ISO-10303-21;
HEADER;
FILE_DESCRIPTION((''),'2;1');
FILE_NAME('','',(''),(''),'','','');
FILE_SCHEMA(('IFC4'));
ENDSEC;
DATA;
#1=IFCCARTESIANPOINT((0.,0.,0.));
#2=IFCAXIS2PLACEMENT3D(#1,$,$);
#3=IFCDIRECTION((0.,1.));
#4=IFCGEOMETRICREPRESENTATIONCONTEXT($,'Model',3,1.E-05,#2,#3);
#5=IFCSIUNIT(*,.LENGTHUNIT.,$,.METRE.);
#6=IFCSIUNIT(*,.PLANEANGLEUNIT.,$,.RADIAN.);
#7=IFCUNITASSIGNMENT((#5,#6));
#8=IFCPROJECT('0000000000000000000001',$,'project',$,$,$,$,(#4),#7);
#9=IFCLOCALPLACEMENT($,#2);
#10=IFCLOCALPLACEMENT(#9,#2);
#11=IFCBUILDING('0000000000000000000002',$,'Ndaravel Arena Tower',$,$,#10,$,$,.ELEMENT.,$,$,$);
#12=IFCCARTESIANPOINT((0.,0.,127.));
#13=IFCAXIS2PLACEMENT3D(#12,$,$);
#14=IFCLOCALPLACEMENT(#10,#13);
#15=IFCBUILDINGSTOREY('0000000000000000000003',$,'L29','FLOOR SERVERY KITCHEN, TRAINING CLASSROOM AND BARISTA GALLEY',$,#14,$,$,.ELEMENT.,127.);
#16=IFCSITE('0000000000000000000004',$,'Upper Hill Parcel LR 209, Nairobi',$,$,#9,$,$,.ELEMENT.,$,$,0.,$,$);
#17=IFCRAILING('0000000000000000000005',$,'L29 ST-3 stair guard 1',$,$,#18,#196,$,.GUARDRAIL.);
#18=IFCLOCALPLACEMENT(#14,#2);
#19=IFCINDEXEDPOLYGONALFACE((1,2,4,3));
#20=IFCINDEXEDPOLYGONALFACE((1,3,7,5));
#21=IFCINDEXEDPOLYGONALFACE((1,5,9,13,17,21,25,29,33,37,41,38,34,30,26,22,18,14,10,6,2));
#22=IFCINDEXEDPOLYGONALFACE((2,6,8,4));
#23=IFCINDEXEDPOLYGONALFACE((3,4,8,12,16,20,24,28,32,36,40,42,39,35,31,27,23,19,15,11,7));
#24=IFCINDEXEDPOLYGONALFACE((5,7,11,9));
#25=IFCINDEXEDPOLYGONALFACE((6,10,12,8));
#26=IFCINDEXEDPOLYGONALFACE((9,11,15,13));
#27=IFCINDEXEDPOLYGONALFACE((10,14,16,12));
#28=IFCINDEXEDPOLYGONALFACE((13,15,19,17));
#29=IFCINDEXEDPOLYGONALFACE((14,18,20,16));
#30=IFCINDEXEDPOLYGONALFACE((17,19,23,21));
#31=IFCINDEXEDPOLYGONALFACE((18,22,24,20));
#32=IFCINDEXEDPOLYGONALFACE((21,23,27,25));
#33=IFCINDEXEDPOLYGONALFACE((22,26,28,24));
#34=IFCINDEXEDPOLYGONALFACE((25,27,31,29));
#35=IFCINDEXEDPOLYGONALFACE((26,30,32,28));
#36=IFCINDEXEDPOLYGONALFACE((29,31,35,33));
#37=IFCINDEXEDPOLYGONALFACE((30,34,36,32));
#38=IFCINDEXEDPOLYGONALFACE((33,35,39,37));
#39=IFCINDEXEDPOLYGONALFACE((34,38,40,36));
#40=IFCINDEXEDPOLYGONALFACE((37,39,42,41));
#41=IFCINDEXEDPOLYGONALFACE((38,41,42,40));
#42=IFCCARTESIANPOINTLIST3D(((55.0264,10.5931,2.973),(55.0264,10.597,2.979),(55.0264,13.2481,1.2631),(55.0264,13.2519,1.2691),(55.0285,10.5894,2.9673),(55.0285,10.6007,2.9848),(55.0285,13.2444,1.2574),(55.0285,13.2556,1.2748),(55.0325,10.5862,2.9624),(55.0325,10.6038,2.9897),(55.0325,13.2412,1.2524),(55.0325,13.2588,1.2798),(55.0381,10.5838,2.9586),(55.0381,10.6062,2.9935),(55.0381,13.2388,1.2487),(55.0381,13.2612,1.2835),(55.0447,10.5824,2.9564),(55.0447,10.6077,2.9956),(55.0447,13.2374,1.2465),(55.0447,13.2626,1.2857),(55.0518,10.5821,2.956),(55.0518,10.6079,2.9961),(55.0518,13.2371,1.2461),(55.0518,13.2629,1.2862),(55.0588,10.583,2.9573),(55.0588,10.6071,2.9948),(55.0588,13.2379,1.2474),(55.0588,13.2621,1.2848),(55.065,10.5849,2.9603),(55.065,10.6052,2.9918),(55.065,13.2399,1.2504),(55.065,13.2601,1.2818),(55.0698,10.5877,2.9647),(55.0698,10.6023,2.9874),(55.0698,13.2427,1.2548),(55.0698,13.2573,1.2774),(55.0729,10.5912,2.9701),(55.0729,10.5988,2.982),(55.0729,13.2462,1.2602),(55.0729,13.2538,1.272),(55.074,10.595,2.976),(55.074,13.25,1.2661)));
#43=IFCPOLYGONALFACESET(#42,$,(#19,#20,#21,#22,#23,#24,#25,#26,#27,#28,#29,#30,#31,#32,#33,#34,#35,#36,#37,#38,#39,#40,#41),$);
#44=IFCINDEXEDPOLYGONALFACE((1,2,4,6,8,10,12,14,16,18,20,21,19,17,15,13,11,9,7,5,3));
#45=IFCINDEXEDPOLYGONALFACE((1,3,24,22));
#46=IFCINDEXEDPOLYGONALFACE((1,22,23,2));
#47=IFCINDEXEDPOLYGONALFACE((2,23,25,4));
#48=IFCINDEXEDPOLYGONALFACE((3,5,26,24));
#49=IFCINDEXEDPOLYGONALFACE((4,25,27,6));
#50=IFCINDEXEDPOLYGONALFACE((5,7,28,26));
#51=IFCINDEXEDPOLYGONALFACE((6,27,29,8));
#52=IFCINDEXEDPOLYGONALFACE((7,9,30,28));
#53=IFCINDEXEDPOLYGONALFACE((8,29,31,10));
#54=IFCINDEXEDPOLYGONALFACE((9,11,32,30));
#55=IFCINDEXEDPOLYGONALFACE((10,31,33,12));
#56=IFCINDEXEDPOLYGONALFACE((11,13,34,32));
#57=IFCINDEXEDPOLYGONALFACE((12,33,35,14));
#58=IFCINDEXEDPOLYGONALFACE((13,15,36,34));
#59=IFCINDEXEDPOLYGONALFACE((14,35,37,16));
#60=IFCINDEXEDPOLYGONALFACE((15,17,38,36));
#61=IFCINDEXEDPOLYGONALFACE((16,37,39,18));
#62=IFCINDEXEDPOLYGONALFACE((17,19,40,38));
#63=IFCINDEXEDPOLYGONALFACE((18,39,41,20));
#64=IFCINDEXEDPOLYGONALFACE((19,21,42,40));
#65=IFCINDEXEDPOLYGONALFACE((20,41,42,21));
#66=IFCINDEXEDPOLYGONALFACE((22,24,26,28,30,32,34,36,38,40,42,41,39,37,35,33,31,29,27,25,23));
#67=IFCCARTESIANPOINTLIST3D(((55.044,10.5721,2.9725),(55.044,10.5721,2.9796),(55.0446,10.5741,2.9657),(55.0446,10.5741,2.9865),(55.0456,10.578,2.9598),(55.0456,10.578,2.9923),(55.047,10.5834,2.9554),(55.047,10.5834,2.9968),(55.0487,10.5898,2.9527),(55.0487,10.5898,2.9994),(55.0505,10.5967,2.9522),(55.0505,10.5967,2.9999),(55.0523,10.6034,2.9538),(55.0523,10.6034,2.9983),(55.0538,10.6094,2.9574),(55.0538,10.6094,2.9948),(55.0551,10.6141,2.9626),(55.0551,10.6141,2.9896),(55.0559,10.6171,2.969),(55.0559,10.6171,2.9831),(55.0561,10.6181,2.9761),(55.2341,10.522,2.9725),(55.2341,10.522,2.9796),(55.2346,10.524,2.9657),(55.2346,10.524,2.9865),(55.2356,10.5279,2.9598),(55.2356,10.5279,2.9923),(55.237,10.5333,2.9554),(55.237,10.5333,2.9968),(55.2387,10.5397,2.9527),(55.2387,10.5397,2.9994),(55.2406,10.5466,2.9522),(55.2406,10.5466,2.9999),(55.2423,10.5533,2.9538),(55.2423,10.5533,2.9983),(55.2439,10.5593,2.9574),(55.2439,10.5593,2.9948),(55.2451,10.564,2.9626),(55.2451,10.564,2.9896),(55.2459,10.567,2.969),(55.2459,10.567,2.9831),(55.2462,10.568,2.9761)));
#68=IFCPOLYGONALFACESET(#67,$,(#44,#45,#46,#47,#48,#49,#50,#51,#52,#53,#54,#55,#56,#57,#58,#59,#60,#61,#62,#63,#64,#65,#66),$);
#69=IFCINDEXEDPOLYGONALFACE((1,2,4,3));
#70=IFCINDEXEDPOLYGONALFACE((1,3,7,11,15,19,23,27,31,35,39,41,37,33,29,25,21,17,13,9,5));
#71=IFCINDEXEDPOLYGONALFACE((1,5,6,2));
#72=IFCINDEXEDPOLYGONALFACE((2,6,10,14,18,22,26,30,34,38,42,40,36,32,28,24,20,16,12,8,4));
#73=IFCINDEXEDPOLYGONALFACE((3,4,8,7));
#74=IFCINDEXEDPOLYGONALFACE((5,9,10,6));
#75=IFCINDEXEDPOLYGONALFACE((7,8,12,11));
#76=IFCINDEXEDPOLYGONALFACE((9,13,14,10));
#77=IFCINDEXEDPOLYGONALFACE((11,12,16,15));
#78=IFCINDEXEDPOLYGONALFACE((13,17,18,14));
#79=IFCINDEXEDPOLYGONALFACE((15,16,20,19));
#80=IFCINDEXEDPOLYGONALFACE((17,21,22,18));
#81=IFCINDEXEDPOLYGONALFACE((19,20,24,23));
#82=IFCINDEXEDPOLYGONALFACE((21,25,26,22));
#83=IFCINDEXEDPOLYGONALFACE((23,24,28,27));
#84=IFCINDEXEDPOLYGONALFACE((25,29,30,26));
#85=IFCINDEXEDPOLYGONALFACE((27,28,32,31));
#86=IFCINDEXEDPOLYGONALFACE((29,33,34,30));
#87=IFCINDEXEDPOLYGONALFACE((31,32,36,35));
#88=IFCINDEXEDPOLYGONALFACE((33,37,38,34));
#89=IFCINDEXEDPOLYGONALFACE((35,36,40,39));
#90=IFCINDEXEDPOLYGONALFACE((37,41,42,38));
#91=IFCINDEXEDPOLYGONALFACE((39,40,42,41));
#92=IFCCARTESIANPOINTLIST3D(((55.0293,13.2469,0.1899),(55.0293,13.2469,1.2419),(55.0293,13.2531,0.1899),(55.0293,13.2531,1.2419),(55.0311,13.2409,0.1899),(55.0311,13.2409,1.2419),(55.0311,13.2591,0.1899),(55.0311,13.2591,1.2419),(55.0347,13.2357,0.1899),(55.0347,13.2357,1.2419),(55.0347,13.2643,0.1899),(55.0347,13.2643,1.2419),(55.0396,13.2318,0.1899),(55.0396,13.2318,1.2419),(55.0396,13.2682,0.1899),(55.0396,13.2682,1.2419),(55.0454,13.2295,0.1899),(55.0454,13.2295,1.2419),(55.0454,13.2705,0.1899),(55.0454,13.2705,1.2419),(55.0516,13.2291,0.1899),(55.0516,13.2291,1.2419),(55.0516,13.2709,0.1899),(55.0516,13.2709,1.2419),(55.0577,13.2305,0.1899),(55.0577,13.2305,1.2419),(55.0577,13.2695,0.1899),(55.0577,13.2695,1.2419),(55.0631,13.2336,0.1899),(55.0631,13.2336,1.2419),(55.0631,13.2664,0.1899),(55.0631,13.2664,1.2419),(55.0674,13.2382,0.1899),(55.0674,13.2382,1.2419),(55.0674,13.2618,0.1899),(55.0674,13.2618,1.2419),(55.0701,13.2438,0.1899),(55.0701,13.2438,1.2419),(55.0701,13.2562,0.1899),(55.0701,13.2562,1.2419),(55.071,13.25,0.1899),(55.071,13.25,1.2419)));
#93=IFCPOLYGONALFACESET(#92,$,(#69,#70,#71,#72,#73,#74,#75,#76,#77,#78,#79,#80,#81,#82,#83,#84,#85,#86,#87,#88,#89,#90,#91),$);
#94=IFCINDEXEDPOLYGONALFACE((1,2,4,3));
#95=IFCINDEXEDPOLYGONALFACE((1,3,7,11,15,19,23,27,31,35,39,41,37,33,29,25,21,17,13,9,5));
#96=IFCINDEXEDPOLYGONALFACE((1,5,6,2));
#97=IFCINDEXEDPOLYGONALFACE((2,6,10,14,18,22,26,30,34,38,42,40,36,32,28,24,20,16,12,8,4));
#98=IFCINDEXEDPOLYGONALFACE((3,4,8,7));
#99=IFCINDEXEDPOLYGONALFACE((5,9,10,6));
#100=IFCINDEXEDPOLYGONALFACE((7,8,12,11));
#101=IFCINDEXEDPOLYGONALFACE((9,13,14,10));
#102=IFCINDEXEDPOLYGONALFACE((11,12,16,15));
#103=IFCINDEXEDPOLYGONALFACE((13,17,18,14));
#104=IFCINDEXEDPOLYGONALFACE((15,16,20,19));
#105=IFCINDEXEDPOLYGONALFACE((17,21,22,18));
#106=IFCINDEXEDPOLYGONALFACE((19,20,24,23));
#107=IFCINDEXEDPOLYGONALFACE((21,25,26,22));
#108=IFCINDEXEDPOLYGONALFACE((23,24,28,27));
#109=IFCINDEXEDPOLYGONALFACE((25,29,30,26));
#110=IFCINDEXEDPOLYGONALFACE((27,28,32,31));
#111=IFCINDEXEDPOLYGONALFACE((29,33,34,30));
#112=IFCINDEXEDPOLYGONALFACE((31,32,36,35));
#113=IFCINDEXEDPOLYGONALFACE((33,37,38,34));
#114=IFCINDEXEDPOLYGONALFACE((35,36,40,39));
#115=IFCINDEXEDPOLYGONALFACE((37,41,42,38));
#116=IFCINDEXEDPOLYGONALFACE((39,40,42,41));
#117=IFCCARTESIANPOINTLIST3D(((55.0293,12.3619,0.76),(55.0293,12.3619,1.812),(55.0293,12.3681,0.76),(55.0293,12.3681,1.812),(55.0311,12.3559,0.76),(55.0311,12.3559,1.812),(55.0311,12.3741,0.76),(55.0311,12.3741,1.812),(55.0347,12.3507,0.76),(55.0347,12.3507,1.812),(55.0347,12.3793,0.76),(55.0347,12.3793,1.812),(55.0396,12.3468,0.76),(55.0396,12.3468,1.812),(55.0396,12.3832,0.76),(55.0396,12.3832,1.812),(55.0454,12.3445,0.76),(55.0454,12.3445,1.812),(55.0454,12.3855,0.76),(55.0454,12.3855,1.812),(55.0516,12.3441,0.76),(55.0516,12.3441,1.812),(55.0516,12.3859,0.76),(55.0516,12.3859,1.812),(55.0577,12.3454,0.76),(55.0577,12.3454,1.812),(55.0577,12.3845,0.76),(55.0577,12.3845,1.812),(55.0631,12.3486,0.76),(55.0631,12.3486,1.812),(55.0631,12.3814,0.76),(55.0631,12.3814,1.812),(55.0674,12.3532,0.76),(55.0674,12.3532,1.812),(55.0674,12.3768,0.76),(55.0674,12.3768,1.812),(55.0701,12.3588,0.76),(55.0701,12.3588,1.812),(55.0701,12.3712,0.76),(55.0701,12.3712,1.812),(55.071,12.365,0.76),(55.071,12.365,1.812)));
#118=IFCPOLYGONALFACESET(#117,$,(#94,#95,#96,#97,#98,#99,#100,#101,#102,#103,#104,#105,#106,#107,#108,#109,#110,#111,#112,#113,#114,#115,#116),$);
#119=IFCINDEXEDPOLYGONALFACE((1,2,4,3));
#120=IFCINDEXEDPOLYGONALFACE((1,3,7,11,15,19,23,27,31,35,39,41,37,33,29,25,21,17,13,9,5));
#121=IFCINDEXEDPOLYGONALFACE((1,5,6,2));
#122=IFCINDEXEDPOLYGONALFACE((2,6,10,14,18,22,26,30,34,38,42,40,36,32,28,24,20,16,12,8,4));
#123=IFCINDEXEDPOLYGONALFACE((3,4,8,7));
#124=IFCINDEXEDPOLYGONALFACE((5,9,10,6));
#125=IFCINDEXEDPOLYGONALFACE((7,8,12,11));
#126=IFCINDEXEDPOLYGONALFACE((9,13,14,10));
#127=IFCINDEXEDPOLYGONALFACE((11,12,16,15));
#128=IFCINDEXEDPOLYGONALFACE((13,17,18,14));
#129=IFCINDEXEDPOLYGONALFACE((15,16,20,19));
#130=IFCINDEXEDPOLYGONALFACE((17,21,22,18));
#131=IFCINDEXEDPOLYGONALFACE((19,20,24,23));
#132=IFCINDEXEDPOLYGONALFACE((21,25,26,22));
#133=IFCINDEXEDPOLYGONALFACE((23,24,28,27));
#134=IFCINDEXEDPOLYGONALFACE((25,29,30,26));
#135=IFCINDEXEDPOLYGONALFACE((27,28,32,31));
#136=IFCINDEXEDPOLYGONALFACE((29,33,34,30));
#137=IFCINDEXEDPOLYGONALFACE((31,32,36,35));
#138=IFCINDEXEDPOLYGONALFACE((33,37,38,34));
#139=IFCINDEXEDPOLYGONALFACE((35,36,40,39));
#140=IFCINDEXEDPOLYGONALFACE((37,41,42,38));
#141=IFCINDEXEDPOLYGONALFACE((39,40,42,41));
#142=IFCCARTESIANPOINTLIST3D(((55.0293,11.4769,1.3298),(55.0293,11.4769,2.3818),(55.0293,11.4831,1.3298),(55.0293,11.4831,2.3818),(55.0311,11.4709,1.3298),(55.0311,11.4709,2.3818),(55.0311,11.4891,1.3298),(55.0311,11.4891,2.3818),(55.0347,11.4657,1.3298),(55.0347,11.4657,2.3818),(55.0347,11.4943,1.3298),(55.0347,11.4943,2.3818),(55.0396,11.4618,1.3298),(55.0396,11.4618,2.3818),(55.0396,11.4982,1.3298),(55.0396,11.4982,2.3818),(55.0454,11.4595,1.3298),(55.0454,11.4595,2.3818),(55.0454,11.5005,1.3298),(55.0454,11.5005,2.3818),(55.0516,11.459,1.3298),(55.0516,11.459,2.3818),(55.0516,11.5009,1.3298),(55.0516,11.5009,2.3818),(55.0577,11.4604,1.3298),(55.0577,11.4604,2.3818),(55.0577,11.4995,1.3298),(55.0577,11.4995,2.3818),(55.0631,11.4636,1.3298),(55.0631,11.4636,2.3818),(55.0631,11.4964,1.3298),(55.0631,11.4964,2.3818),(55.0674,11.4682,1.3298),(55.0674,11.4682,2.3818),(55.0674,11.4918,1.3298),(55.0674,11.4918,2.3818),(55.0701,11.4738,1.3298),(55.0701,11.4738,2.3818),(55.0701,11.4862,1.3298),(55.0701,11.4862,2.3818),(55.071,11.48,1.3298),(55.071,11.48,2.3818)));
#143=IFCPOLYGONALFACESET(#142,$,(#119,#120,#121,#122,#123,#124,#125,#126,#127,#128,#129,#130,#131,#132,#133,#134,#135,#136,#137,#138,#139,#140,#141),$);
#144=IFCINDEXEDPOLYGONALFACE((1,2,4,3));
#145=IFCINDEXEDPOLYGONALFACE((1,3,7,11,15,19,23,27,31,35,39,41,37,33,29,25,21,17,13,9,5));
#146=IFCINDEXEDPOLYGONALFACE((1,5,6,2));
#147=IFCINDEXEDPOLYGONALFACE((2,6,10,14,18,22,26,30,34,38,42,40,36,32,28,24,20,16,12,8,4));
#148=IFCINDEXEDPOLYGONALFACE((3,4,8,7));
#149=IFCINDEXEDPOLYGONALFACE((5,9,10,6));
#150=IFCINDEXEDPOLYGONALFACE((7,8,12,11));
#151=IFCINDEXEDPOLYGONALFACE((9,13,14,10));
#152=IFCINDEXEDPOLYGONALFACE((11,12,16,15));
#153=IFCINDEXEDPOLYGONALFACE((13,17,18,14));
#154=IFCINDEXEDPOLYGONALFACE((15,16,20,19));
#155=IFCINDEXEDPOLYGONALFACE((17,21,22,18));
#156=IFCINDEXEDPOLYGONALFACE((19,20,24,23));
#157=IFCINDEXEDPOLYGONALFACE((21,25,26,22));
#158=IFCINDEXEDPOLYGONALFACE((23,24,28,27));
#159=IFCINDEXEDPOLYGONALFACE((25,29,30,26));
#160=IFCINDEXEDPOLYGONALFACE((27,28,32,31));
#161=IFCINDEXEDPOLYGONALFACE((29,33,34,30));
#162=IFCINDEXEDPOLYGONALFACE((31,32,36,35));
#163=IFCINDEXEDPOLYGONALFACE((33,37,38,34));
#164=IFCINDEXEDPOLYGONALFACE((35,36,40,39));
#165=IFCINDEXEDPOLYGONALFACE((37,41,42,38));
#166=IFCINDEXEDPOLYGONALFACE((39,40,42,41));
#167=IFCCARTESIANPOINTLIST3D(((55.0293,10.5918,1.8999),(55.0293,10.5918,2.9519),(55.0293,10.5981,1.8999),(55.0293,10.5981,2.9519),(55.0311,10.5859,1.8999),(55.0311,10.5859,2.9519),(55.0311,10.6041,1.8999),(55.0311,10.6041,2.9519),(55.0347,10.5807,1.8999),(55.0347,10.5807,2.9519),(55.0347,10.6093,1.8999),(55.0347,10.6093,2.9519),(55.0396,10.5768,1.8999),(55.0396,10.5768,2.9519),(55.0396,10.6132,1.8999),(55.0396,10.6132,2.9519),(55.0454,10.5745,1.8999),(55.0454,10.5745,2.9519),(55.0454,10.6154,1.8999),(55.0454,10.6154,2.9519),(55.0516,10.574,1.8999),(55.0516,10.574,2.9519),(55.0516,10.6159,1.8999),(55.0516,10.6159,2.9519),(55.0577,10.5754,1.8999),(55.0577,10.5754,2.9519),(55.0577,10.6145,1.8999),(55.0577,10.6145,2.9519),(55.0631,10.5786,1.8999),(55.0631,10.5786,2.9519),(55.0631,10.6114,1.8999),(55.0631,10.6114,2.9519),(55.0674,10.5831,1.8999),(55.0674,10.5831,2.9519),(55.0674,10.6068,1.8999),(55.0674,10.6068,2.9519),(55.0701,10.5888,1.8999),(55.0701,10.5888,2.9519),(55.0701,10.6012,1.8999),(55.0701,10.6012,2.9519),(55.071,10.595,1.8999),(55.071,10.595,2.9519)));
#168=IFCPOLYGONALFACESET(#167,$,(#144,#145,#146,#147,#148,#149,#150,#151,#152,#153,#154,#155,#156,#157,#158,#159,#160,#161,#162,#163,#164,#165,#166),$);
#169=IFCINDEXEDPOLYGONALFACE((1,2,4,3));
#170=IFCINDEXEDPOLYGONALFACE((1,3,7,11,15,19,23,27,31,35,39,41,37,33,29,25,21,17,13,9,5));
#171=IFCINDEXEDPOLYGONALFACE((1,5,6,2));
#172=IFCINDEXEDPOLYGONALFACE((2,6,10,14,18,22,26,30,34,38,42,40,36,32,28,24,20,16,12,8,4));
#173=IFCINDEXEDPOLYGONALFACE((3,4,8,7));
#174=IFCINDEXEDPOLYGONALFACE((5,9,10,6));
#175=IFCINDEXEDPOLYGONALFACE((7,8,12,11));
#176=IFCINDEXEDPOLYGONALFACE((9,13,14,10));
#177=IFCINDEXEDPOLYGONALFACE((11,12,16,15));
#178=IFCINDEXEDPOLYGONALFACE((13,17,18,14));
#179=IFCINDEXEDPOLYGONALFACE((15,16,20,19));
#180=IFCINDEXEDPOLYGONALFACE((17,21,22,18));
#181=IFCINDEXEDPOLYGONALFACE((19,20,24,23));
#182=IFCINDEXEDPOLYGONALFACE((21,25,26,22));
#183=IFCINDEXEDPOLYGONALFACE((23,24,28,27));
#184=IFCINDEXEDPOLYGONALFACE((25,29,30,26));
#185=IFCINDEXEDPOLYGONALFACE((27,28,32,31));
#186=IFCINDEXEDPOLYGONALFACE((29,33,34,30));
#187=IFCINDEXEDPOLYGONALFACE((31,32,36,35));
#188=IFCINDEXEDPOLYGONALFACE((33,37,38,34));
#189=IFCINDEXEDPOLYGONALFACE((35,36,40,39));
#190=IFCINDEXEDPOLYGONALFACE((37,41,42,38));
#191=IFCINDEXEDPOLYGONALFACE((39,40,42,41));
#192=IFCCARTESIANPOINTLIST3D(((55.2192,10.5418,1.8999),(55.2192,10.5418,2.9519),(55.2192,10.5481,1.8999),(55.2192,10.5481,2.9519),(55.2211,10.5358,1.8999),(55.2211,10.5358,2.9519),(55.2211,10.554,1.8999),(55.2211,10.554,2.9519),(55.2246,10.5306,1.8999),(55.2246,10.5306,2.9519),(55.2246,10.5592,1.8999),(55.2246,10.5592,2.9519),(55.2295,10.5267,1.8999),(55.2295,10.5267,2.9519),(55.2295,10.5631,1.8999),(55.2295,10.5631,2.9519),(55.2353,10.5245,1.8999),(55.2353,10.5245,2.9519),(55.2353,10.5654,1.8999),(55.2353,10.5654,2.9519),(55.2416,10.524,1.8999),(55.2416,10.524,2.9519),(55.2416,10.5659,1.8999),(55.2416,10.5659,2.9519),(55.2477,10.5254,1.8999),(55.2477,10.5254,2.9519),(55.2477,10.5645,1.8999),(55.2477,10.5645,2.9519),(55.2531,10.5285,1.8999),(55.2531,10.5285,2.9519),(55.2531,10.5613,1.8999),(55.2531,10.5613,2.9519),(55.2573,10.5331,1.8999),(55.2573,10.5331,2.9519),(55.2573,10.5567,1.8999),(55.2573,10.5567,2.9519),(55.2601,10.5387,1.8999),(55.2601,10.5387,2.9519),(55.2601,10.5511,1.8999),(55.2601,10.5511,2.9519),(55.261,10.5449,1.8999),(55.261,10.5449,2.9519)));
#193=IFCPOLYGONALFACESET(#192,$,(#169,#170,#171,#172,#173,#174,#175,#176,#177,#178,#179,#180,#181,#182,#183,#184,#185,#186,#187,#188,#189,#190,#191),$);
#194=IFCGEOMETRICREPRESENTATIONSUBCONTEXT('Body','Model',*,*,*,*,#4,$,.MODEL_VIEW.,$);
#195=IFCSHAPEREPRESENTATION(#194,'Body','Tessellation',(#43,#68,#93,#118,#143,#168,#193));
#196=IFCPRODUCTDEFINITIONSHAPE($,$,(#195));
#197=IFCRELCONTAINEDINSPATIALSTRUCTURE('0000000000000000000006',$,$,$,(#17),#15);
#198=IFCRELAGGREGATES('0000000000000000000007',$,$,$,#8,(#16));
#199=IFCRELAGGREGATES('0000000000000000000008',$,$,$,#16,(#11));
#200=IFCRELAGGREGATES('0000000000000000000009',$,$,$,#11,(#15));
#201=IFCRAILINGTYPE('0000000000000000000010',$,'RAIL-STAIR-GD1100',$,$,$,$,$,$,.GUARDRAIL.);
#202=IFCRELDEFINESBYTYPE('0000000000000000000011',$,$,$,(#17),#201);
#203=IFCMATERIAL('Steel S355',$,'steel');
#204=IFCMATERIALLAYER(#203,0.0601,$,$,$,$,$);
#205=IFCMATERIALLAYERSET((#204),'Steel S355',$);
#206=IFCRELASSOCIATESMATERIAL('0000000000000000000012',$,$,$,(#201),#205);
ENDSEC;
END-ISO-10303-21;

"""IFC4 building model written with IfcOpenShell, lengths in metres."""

from ifc_helpers import new_model, si_unit, direction, frame, origin, origin_2d, place, context, subcontext, project, spatial, circle, extrude, material, layer, layer_set, type_object, element, save


model = new_model("IFC4")

# Units and contexts
model_context = context("Model", 3, precision=1e-05, world=origin(), true_north=direction((0.0, 1.0)))
body_context = subcontext(model_context, "Body", "Model", "MODEL_VIEW")
ifc_project = project(units=[si_unit("LENGTHUNIT", "METRE"), si_unit("PLANEANGLEUNIT", "RADIAN")], contexts=[model_context])

# Site, building, storey
site_placement = place(None, origin())
site = spatial("IfcSite", under=ifc_project, at=site_placement, Name="Upper Hill Parcel LR 209, Nairobi", CompositionType="ELEMENT", RefElevation=0.0)
building_placement = place(site_placement, origin())
building = spatial("IfcBuilding", under=site, at=building_placement, Name="Ndaravel Arena Tower", CompositionType="ELEMENT")
storey_placement = place(building_placement, frame((0.0, 0.0, 127.0)))
storey = spatial("IfcBuildingStorey", under=building, at=storey_placement, Name="L29", Description="FLOOR SERVERY KITCHEN, TRAINING CLASSROOM AND BARISTA GALLEY", CompositionType="ELEMENT", Elevation=127.0)

# Railing
ifc_material_1 = material(Name="Steel S355", Category="steel")
ifc_layer_1 = layer(ifc_material_1, 0.0601)
ifc_layer_set_1 = layer_set([ifc_layer_1], Name="Steel S355")
railing_type_1 = type_object("IfcRailingType", Name="RAIL-STAIR-GD1100", PredefinedType="GUARDRAIL", material=ifc_layer_set_1)
railing_1_placement = place(storey_placement, frame((55.05, 13.25, 0.1899)))
element("IfcRailing", 1, at=railing_1_placement, inside=storey, type_object=railing_type_1, Name="L29 ST-3 stair guard 1", PredefinedType="GUARDRAIL", context=body_context, shape_type="SweptSolid", body=[
    extrude(circle(Radius=0.0239, at=origin_2d()), frame((0.0, 0.0, 1.0762), z_axis=(0.0, -0.840724, 0.541465), x_axis=(1.0, 0.0, 0.0)), (0.0, 0.0, 1.0), 3.158),
    extrude(circle(Radius=0.0239, at=origin_2d()), frame((0.0, -2.655, 2.7861), z_axis=(0.966994, -0.254799, 0.0), x_axis=(0.254799, 0.966994, 0.0)), (0.0, 0.0, 1.0), 0.1965),
    extrude(circle(Radius=0.021, at=origin_2d()), origin(), (0.0, 0.0, 1.0), 1.052),
    extrude(circle(Radius=0.021, at=origin_2d()), frame((0.0, -0.885, 0.5701)), (0.0, 0.0, 1.0), 1.052),
    extrude(circle(Radius=0.021, at=origin_2d()), frame((0.0, -1.77, 1.1399)), (0.0, 0.0, 1.0), 1.052),
    extrude(circle(Radius=0.021, at=origin_2d()), frame((0.0, -2.655, 1.71)), (0.0, 0.0, 1.0), 1.052),
    extrude(circle(Radius=0.021, at=origin_2d()), frame((0.1899, -2.7051, 1.71)), (0.0, 0.0, 1.0), 1.052),
])

save(model, "model.ifc")
